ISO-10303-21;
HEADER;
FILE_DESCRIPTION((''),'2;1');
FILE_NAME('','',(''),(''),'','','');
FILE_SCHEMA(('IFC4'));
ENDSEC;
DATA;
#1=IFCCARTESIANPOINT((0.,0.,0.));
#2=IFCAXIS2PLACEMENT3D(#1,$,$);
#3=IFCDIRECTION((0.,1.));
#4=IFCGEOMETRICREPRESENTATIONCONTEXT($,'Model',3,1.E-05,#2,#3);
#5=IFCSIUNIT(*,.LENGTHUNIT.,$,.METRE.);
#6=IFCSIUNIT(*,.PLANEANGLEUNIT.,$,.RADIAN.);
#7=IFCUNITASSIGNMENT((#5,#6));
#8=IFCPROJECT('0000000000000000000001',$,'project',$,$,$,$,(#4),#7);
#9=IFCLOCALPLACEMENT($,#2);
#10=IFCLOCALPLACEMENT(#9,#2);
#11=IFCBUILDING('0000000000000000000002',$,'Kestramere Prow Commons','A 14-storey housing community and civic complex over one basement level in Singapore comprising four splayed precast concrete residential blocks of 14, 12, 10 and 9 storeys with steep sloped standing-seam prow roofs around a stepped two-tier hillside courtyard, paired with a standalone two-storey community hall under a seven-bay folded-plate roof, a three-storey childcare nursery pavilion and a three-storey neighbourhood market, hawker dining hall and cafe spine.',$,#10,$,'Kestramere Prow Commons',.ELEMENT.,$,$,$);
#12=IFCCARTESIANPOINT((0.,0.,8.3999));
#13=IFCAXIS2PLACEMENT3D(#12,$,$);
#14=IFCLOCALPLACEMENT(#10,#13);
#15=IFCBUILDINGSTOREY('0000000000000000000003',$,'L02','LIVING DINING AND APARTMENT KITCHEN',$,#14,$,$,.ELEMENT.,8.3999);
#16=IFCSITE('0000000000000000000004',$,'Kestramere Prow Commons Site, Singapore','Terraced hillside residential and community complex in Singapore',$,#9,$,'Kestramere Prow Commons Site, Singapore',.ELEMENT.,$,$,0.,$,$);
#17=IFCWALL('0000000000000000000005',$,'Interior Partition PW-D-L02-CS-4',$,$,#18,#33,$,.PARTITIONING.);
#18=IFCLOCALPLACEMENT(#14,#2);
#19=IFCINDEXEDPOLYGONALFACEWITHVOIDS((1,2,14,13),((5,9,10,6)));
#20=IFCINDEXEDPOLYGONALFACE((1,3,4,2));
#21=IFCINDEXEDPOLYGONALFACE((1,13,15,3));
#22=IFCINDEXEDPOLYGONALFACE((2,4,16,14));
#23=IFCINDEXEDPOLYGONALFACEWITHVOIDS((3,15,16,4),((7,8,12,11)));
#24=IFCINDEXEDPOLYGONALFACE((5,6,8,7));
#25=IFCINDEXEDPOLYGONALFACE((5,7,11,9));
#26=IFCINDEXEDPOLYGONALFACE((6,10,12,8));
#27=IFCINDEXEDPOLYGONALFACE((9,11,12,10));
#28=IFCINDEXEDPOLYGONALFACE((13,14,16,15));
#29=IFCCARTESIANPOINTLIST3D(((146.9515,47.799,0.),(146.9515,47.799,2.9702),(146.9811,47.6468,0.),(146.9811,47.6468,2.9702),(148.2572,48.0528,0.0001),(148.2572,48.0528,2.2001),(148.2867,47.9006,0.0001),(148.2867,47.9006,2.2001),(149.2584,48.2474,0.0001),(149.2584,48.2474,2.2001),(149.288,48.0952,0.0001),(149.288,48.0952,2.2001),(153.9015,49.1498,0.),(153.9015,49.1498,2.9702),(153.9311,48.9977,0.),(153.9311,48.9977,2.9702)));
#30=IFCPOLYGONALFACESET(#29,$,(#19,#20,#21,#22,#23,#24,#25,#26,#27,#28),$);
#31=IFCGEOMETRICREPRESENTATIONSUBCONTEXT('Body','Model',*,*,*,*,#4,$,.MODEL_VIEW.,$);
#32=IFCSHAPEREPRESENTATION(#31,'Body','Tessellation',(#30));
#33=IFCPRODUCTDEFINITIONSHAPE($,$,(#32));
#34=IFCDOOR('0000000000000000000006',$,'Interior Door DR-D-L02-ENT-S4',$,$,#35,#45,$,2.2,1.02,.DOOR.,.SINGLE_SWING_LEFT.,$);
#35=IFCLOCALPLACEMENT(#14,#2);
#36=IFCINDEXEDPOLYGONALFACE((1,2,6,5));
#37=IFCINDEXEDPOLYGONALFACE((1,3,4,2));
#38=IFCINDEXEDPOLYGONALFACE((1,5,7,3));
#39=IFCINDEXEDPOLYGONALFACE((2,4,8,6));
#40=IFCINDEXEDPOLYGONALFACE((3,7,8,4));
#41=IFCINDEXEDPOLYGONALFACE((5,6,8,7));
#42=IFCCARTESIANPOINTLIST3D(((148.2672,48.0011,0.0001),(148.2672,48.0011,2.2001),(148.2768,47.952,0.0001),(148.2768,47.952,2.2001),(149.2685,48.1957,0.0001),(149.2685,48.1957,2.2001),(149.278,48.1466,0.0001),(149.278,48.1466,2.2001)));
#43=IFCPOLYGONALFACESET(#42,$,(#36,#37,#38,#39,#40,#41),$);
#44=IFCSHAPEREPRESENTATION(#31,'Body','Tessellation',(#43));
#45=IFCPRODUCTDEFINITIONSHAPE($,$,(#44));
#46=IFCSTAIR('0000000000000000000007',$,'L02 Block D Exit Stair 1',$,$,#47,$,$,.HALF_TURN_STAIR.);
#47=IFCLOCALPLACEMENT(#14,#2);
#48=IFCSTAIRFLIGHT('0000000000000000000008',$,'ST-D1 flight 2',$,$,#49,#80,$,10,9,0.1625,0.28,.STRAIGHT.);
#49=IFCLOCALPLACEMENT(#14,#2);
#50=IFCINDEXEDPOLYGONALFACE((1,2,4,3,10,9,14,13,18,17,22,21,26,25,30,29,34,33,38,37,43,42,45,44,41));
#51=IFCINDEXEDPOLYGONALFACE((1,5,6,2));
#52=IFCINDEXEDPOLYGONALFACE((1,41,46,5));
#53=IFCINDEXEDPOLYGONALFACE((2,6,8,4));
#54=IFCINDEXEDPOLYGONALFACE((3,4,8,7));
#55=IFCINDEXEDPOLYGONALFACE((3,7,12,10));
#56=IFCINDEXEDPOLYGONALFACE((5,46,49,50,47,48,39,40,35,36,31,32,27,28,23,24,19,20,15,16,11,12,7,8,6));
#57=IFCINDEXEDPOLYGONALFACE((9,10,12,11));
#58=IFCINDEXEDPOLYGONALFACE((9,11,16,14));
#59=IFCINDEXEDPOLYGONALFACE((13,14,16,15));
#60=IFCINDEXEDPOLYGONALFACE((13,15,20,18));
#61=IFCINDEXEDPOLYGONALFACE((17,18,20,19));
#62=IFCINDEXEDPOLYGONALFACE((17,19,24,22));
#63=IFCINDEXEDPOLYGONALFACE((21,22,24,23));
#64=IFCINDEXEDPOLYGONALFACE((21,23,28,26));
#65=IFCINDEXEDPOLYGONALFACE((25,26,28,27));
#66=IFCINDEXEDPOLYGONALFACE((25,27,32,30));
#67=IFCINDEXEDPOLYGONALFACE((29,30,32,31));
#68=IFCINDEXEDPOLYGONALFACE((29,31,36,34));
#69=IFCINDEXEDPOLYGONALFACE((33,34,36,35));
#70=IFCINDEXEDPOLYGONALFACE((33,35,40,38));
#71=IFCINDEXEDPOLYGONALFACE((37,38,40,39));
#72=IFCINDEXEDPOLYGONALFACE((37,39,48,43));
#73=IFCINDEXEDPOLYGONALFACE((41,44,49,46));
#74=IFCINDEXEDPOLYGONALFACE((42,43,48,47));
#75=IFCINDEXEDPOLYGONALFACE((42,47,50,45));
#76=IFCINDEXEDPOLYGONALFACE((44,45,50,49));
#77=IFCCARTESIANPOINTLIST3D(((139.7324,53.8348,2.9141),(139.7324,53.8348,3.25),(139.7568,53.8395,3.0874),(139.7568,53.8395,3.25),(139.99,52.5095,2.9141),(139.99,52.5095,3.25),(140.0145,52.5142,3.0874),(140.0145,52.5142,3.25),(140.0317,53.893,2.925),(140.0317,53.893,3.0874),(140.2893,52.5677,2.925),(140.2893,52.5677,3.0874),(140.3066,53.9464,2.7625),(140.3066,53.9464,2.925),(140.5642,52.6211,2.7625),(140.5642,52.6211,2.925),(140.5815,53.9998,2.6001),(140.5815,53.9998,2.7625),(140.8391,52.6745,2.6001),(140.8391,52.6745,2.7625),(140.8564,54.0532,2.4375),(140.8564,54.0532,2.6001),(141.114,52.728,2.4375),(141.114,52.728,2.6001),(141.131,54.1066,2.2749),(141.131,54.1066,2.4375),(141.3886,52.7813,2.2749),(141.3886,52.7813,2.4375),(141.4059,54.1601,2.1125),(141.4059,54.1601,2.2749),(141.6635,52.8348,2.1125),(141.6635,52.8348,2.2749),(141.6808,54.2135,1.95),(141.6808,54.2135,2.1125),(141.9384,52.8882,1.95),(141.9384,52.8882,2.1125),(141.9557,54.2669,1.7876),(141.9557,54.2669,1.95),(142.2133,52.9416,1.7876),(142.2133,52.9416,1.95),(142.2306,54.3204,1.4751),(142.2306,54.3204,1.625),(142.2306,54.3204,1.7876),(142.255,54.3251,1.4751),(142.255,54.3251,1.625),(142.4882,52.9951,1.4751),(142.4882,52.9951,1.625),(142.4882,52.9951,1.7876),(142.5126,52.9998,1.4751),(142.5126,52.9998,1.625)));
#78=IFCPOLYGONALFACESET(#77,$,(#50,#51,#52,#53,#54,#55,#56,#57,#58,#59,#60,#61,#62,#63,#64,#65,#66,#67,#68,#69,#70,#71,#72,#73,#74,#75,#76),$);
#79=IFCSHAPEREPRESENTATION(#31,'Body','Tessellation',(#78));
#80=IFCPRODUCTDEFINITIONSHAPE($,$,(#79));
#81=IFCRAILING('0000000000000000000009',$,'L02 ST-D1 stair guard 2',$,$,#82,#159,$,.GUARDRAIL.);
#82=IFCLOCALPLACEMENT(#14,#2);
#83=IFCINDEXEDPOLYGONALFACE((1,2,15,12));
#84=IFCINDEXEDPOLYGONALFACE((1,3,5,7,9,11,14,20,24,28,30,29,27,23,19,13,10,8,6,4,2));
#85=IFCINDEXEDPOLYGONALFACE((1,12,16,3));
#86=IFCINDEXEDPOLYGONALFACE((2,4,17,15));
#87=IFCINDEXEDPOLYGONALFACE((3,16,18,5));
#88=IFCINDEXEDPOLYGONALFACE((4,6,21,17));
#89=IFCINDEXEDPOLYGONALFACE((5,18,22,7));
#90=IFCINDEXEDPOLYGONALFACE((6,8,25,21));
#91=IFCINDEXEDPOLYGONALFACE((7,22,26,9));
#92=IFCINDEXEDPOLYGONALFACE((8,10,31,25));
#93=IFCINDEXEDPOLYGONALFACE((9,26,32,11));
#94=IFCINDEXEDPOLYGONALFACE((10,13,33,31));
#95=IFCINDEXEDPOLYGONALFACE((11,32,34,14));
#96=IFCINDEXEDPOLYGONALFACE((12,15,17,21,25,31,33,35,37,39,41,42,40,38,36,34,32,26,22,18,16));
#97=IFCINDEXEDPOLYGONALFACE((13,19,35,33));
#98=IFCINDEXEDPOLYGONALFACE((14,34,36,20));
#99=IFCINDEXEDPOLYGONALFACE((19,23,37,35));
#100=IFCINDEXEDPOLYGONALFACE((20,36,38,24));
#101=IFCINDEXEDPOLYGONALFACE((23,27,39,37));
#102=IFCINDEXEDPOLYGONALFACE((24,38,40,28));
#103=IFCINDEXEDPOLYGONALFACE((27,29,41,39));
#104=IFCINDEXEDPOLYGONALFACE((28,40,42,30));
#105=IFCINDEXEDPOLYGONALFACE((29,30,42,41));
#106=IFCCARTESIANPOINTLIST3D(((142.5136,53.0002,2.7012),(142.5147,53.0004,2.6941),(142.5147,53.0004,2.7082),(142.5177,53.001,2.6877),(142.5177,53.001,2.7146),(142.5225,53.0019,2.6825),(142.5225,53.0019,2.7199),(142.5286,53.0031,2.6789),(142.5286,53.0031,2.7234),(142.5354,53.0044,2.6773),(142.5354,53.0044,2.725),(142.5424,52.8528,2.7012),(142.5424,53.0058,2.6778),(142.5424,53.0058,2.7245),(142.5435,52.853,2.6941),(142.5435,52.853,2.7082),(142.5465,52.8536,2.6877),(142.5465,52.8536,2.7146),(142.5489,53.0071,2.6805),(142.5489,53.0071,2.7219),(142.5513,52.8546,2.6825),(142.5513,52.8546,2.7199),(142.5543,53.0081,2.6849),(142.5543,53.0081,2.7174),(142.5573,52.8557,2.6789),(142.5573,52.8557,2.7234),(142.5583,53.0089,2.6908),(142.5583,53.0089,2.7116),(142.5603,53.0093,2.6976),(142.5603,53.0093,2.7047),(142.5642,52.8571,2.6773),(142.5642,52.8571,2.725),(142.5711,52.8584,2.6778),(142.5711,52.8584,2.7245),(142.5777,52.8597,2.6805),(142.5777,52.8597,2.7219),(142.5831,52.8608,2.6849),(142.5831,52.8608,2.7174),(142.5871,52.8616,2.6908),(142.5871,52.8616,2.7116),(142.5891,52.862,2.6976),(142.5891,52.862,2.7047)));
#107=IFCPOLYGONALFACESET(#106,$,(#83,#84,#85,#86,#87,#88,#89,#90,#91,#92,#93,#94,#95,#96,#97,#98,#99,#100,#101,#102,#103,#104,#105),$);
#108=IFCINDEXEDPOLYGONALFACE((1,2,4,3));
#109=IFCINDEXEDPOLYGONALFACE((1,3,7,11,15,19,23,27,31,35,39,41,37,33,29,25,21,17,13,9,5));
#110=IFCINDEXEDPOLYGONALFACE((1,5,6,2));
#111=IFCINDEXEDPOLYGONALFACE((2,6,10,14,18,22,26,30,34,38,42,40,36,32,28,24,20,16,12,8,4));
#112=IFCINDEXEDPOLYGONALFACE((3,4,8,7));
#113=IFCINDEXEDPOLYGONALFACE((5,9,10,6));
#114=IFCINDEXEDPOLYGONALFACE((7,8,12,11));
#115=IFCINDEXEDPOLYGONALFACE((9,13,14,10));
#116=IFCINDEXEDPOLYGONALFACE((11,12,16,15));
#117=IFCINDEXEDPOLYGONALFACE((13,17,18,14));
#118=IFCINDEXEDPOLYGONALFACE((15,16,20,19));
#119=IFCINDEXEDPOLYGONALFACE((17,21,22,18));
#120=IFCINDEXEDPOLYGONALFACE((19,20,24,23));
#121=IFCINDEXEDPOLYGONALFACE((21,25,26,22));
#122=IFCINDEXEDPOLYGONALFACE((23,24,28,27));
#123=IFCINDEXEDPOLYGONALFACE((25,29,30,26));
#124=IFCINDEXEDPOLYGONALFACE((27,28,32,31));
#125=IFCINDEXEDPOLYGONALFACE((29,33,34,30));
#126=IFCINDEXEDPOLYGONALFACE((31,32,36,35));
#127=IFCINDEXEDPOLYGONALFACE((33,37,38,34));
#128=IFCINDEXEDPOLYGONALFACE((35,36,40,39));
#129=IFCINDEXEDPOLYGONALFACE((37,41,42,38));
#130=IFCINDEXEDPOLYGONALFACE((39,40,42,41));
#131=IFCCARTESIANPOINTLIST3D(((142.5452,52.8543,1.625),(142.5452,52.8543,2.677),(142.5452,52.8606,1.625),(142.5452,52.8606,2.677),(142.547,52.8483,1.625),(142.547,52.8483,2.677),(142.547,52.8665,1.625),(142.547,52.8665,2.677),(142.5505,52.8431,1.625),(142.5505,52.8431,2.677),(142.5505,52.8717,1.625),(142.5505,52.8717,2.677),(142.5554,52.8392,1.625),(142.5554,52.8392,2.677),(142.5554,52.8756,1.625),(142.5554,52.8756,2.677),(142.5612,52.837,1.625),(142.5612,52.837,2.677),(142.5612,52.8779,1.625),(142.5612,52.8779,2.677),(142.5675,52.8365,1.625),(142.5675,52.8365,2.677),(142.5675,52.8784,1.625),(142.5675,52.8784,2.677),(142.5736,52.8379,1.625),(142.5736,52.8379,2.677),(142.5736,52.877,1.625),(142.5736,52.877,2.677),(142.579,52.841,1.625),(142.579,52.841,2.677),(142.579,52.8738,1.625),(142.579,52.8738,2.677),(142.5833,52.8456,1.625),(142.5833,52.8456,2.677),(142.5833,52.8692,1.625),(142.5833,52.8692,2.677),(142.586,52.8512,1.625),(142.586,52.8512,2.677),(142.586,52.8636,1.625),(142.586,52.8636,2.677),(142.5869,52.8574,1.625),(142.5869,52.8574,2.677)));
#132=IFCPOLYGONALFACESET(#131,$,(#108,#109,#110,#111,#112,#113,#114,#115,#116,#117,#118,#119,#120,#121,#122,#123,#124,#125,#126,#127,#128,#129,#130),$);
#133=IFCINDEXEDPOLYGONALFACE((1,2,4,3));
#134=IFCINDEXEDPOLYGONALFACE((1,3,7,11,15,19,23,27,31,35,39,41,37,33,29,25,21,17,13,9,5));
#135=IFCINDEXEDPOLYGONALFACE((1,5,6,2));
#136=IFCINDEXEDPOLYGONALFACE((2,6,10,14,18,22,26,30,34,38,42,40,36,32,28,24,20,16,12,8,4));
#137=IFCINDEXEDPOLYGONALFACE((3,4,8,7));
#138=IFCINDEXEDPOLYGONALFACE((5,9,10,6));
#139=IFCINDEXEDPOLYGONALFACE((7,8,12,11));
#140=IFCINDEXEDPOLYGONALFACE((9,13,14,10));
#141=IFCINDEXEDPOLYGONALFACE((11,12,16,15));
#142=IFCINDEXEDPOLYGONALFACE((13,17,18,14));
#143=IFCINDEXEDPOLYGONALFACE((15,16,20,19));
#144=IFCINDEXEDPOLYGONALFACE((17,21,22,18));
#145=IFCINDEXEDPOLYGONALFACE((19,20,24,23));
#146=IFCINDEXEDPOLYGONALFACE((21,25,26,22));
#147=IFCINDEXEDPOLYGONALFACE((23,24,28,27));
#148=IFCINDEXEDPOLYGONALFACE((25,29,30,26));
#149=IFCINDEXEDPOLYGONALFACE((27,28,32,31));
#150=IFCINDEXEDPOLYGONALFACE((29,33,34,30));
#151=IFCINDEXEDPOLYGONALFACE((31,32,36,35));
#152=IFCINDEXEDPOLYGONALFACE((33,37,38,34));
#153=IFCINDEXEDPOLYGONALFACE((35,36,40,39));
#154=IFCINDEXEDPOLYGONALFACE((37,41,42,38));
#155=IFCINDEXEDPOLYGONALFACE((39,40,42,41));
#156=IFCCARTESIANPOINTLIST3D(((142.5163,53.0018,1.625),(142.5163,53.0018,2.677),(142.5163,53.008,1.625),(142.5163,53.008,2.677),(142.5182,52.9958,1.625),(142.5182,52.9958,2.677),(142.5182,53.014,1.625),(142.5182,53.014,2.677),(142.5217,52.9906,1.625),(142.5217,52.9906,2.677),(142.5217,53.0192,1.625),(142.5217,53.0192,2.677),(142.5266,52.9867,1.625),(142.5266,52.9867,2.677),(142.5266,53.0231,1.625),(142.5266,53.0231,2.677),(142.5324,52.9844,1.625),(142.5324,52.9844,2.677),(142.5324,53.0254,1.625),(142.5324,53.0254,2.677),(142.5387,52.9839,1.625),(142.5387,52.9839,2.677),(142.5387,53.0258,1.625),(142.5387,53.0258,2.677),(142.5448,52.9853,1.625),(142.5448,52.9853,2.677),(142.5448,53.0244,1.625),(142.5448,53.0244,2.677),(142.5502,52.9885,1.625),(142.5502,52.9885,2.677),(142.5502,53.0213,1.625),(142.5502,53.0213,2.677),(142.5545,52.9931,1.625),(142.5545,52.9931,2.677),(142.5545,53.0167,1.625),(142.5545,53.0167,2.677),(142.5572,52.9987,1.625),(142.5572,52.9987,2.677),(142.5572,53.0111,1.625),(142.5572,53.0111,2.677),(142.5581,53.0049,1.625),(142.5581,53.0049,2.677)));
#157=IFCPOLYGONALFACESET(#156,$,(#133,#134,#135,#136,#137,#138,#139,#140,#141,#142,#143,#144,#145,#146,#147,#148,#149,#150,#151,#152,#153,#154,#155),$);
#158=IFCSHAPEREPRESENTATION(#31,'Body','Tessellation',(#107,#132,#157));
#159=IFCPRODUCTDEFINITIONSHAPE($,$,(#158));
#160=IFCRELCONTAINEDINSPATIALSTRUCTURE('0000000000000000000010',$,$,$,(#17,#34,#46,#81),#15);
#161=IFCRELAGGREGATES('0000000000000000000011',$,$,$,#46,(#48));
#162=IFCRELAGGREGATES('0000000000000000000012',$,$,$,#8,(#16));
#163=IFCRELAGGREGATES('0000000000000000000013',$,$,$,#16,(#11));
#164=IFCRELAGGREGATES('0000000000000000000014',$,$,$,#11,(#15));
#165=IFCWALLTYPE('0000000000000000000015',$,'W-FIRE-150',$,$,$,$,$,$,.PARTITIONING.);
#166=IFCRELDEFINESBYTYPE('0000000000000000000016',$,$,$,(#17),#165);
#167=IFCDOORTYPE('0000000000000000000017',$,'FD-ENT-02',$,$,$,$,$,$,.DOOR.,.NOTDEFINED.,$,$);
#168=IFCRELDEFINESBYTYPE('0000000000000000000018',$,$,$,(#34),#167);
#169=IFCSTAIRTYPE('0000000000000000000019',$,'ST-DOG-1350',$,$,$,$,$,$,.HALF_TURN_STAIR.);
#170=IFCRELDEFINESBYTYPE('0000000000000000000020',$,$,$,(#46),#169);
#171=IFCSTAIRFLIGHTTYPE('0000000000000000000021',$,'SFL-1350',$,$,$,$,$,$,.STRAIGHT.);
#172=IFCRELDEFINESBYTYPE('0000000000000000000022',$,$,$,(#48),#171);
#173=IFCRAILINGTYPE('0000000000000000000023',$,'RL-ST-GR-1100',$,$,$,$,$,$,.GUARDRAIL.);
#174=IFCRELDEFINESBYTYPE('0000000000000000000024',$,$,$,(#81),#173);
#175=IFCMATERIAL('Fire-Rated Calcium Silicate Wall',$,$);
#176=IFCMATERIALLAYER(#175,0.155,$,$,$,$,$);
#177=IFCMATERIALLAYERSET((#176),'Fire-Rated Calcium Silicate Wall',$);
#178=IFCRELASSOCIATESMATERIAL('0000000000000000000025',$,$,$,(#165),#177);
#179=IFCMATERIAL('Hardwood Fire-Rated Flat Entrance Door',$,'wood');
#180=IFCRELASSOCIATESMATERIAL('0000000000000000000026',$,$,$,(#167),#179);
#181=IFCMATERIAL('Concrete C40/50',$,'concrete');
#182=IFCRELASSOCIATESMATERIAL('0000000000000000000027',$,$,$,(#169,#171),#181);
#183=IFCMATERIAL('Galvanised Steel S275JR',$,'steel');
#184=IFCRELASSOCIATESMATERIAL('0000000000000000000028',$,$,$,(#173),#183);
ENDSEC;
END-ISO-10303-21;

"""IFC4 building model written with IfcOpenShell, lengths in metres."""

from ifc_helpers import new_model, si_unit, direction, frame, frame_2d, origin, origin_2d, place, context, subcontext, project, spatial, polyline, rectangle, circle, outline, extrude, material, layer, layer_set, type_object, element, fill, aggregate, save


model = new_model("IFC4")

# Units and contexts
model_context = context("Model", 3, precision=1e-05, world=origin(), true_north=direction((0.0, 1.0)))
body_context = subcontext(model_context, "Body", "Model", "MODEL_VIEW")
ifc_project = project(units=[si_unit("LENGTHUNIT", "METRE"), si_unit("PLANEANGLEUNIT", "RADIAN")], contexts=[model_context])

# Site, building, storey
site_placement = place(None, origin())
site = spatial("IfcSite", under=ifc_project, at=site_placement, Name="Kestramere Prow Commons Site, Singapore", Description="Terraced hillside residential and community complex in Singapore", LongName="Kestramere Prow Commons Site, Singapore", CompositionType="ELEMENT", RefElevation=0.0)
building_placement = place(site_placement, origin())
building = spatial("IfcBuilding", under=site, at=building_placement, Name="Kestramere Prow Commons", Description="A 14-storey housing community and civic complex over one basement level in Singapore comprising four splayed precast concrete residential blocks of 14, 12, 10 and 9 storeys with steep sloped standing-seam prow roofs around a stepped two-tier hillside courtyard, paired with a standalone two-storey community hall under a seven-bay folded-plate roof, a three-storey childcare nursery pavilion and a three-storey neighbourhood market, hawker dining hall and cafe spine.", LongName="Kestramere Prow Commons", CompositionType="ELEMENT")
storey_placement = place(building_placement, frame((0.0, 0.0, 8.3999)))
storey = spatial("IfcBuildingStorey", under=building, at=storey_placement, Name="L02", Description="LIVING DINING AND APARTMENT KITCHEN", CompositionType="ELEMENT", Elevation=8.3999)

# Shared definitions
ifc_material_1 = material(Name="Concrete C40/50", Category="concrete")

# Wall, opening, door
ifc_material_2 = material(Name="Fire-Rated Calcium Silicate Wall")
ifc_layer_1 = layer(ifc_material_2, 0.155)
ifc_layer_set_1 = layer_set([ifc_layer_1], Name="Fire-Rated Calcium Silicate Wall")
wall_type_1 = type_object("IfcWallType", Name="W-FIRE-150", PredefinedType="PARTITIONING", material=ifc_layer_set_1)
wall_1_placement = place(storey_placement, frame((146.9663, 47.7229, 0.0), z_axis=(0.0, 0.0, 1.0), x_axis=(0.98163, 0.190795, 0.0)))
wall_1 = element("IfcWall", 1, at=wall_1_placement, inside=storey, type_object=wall_type_1, Name="Interior Partition PW-D-L02-CS-4", PredefinedType="PARTITIONING", context=body_context, shape_type="SweptSolid", body=[
    extrude(rectangle(XDim=7.0801, YDim=0.155, at=frame_2d((3.54, 0.0))), origin(), (0.0, 0.0, 1.0), 2.9702),
])
opening_1_placement = place(wall_1_placement, frame((1.3301, 0.0, 0.0)))
opening_1 = element("IfcOpeningElement", 2, at=opening_1_placement, cuts=wall_1, PredefinedType="OPENING", context=body_context, shape_type="SweptSolid", body=[
    extrude(rectangle(XDim=1.02, YDim=2.2, at=frame_2d((0.51, 1.1001))), frame((0.0, 0.0925, 0.0), z_axis=(0.0, -1.0, 0.0), x_axis=(1.0, 0.0, 0.0)), (0.0, 0.0, 1.0), 0.1851),
])
ifc_material_3 = material(Name="Hardwood Fire-Rated Flat Entrance Door", Category="wood")
door_type_1 = type_object("IfcDoorType", Name="FD-ENT-02", OperationType="NOTDEFINED", PredefinedType="DOOR", material=ifc_material_3)
door_1_placement = place(opening_1_placement, origin())
door_1 = element("IfcDoor", 3, at=door_1_placement, inside=storey, type_object=door_type_1, Name="Interior Door DR-D-L02-ENT-S4", OperationType="SINGLE_SWING_LEFT", OverallHeight=2.2, OverallWidth=1.02, PredefinedType="DOOR", context=body_context, shape_type="SweptSolid", body=[
    extrude(rectangle(XDim=1.02, YDim=2.2, at=frame_2d((0.51, 1.1001))), frame((0.0, 0.0249, 0.0), z_axis=(0.0, -1.0, 0.0), x_axis=(1.0, 0.0, 0.0)), (0.0, 0.0, 1.0), 0.05),
])
fill(opening_1, door_1)

# Stair, stair flight
stair_type = type_object("IfcStairType", Name="ST-DOG-1350", PredefinedType="HALF_TURN_STAIR", material=ifc_material_1)
stair_placement = place(storey_placement, origin())
stair = element("IfcStair", 4, at=stair_placement, inside=storey, type_object=stair_type, Name="L02 Block D Exit Stair 1", PredefinedType="HALF_TURN_STAIR")
stair_flight_type = type_object("IfcStairFlightType", Name="SFL-1350", PredefinedType="STRAIGHT", material=ifc_material_1)
stair_flight_placement = place(storey_placement, frame((142.3594, 53.6577, 1.625), z_axis=(0.0, 0.0, 1.0), x_axis=(-0.981627, -0.190809, 0.0)))
stair_flight = element("IfcStairFlight", 5, at=stair_flight_placement, type_object=stair_flight_type, Name="ST-D1 flight 2", NumberOfRisers=10, NumberOfTreads=9, PredefinedType="STRAIGHT", RiserHeight=0.1625, TreadLength=0.28, context=body_context, shape_type="SweptSolid", body=[
    extrude(outline(polyline([(-0.0249, 0.0), (0.0, 0.0), (0.0, 0.1626), (0.28, 0.1626), (0.28, 0.325), (0.5601, 0.325), (0.5601, 0.4875), (0.8401, 0.4875), (0.8401, 0.6499), (1.1201, 0.6499), (1.1201, 0.8125), (1.3999, 0.8125), (1.3999, 0.9751), (1.6799, 0.9751), (1.6799, 1.1375), (1.96, 1.1375), (1.96, 1.3), (2.24, 1.3), (2.24, 1.4624), (2.52, 1.4624), (2.52, 1.625), (2.5449, 1.625), (2.5449, 1.2891), (0.0, -0.1499), (-0.0249, -0.1499), (-0.0249, 0.0)])), frame((0.0, 0.675, 0.0), z_axis=(0.0, -1.0, 0.0), x_axis=(1.0, 0.0, 0.0)), (0.0, 0.0, 1.0), 1.3501),
])
aggregate(stair, [stair_flight])

# Railing
ifc_material_4 = material(Name="Galvanised Steel S275JR", Category="steel")
railing_type_1 = type_object("IfcRailingType", Name="RL-ST-GR-1100", PredefinedType="GUARDRAIL", material=ifc_material_4)
railing_1_placement = place(storey_placement, frame((142.5659, 52.8574, 1.625)))
element("IfcRailing", 6, at=railing_1_placement, inside=storey, type_object=railing_type_1, Name="L02 ST-D1 stair guard 2", PredefinedType="GUARDRAIL", context=body_context, shape_type="SweptSolid", body=[
    extrude(circle(Radius=0.0239, at=origin_2d()), frame((0.0, 0.0, 1.0762), z_axis=(-0.191739, 0.981446, 0.0), x_axis=(-0.981446, -0.191739, 0.0)), (0.0, 0.0, 1.0), 0.1501),
    extrude(circle(Radius=0.021, at=origin_2d()), origin(), (0.0, 0.0, 1.0), 1.052),
    extrude(circle(Radius=0.021, at=origin_2d()), frame((-0.0288, 0.1475, 0.0)), (0.0, 0.0, 1.0), 1.052),
])

save(model, "model.ifc")
